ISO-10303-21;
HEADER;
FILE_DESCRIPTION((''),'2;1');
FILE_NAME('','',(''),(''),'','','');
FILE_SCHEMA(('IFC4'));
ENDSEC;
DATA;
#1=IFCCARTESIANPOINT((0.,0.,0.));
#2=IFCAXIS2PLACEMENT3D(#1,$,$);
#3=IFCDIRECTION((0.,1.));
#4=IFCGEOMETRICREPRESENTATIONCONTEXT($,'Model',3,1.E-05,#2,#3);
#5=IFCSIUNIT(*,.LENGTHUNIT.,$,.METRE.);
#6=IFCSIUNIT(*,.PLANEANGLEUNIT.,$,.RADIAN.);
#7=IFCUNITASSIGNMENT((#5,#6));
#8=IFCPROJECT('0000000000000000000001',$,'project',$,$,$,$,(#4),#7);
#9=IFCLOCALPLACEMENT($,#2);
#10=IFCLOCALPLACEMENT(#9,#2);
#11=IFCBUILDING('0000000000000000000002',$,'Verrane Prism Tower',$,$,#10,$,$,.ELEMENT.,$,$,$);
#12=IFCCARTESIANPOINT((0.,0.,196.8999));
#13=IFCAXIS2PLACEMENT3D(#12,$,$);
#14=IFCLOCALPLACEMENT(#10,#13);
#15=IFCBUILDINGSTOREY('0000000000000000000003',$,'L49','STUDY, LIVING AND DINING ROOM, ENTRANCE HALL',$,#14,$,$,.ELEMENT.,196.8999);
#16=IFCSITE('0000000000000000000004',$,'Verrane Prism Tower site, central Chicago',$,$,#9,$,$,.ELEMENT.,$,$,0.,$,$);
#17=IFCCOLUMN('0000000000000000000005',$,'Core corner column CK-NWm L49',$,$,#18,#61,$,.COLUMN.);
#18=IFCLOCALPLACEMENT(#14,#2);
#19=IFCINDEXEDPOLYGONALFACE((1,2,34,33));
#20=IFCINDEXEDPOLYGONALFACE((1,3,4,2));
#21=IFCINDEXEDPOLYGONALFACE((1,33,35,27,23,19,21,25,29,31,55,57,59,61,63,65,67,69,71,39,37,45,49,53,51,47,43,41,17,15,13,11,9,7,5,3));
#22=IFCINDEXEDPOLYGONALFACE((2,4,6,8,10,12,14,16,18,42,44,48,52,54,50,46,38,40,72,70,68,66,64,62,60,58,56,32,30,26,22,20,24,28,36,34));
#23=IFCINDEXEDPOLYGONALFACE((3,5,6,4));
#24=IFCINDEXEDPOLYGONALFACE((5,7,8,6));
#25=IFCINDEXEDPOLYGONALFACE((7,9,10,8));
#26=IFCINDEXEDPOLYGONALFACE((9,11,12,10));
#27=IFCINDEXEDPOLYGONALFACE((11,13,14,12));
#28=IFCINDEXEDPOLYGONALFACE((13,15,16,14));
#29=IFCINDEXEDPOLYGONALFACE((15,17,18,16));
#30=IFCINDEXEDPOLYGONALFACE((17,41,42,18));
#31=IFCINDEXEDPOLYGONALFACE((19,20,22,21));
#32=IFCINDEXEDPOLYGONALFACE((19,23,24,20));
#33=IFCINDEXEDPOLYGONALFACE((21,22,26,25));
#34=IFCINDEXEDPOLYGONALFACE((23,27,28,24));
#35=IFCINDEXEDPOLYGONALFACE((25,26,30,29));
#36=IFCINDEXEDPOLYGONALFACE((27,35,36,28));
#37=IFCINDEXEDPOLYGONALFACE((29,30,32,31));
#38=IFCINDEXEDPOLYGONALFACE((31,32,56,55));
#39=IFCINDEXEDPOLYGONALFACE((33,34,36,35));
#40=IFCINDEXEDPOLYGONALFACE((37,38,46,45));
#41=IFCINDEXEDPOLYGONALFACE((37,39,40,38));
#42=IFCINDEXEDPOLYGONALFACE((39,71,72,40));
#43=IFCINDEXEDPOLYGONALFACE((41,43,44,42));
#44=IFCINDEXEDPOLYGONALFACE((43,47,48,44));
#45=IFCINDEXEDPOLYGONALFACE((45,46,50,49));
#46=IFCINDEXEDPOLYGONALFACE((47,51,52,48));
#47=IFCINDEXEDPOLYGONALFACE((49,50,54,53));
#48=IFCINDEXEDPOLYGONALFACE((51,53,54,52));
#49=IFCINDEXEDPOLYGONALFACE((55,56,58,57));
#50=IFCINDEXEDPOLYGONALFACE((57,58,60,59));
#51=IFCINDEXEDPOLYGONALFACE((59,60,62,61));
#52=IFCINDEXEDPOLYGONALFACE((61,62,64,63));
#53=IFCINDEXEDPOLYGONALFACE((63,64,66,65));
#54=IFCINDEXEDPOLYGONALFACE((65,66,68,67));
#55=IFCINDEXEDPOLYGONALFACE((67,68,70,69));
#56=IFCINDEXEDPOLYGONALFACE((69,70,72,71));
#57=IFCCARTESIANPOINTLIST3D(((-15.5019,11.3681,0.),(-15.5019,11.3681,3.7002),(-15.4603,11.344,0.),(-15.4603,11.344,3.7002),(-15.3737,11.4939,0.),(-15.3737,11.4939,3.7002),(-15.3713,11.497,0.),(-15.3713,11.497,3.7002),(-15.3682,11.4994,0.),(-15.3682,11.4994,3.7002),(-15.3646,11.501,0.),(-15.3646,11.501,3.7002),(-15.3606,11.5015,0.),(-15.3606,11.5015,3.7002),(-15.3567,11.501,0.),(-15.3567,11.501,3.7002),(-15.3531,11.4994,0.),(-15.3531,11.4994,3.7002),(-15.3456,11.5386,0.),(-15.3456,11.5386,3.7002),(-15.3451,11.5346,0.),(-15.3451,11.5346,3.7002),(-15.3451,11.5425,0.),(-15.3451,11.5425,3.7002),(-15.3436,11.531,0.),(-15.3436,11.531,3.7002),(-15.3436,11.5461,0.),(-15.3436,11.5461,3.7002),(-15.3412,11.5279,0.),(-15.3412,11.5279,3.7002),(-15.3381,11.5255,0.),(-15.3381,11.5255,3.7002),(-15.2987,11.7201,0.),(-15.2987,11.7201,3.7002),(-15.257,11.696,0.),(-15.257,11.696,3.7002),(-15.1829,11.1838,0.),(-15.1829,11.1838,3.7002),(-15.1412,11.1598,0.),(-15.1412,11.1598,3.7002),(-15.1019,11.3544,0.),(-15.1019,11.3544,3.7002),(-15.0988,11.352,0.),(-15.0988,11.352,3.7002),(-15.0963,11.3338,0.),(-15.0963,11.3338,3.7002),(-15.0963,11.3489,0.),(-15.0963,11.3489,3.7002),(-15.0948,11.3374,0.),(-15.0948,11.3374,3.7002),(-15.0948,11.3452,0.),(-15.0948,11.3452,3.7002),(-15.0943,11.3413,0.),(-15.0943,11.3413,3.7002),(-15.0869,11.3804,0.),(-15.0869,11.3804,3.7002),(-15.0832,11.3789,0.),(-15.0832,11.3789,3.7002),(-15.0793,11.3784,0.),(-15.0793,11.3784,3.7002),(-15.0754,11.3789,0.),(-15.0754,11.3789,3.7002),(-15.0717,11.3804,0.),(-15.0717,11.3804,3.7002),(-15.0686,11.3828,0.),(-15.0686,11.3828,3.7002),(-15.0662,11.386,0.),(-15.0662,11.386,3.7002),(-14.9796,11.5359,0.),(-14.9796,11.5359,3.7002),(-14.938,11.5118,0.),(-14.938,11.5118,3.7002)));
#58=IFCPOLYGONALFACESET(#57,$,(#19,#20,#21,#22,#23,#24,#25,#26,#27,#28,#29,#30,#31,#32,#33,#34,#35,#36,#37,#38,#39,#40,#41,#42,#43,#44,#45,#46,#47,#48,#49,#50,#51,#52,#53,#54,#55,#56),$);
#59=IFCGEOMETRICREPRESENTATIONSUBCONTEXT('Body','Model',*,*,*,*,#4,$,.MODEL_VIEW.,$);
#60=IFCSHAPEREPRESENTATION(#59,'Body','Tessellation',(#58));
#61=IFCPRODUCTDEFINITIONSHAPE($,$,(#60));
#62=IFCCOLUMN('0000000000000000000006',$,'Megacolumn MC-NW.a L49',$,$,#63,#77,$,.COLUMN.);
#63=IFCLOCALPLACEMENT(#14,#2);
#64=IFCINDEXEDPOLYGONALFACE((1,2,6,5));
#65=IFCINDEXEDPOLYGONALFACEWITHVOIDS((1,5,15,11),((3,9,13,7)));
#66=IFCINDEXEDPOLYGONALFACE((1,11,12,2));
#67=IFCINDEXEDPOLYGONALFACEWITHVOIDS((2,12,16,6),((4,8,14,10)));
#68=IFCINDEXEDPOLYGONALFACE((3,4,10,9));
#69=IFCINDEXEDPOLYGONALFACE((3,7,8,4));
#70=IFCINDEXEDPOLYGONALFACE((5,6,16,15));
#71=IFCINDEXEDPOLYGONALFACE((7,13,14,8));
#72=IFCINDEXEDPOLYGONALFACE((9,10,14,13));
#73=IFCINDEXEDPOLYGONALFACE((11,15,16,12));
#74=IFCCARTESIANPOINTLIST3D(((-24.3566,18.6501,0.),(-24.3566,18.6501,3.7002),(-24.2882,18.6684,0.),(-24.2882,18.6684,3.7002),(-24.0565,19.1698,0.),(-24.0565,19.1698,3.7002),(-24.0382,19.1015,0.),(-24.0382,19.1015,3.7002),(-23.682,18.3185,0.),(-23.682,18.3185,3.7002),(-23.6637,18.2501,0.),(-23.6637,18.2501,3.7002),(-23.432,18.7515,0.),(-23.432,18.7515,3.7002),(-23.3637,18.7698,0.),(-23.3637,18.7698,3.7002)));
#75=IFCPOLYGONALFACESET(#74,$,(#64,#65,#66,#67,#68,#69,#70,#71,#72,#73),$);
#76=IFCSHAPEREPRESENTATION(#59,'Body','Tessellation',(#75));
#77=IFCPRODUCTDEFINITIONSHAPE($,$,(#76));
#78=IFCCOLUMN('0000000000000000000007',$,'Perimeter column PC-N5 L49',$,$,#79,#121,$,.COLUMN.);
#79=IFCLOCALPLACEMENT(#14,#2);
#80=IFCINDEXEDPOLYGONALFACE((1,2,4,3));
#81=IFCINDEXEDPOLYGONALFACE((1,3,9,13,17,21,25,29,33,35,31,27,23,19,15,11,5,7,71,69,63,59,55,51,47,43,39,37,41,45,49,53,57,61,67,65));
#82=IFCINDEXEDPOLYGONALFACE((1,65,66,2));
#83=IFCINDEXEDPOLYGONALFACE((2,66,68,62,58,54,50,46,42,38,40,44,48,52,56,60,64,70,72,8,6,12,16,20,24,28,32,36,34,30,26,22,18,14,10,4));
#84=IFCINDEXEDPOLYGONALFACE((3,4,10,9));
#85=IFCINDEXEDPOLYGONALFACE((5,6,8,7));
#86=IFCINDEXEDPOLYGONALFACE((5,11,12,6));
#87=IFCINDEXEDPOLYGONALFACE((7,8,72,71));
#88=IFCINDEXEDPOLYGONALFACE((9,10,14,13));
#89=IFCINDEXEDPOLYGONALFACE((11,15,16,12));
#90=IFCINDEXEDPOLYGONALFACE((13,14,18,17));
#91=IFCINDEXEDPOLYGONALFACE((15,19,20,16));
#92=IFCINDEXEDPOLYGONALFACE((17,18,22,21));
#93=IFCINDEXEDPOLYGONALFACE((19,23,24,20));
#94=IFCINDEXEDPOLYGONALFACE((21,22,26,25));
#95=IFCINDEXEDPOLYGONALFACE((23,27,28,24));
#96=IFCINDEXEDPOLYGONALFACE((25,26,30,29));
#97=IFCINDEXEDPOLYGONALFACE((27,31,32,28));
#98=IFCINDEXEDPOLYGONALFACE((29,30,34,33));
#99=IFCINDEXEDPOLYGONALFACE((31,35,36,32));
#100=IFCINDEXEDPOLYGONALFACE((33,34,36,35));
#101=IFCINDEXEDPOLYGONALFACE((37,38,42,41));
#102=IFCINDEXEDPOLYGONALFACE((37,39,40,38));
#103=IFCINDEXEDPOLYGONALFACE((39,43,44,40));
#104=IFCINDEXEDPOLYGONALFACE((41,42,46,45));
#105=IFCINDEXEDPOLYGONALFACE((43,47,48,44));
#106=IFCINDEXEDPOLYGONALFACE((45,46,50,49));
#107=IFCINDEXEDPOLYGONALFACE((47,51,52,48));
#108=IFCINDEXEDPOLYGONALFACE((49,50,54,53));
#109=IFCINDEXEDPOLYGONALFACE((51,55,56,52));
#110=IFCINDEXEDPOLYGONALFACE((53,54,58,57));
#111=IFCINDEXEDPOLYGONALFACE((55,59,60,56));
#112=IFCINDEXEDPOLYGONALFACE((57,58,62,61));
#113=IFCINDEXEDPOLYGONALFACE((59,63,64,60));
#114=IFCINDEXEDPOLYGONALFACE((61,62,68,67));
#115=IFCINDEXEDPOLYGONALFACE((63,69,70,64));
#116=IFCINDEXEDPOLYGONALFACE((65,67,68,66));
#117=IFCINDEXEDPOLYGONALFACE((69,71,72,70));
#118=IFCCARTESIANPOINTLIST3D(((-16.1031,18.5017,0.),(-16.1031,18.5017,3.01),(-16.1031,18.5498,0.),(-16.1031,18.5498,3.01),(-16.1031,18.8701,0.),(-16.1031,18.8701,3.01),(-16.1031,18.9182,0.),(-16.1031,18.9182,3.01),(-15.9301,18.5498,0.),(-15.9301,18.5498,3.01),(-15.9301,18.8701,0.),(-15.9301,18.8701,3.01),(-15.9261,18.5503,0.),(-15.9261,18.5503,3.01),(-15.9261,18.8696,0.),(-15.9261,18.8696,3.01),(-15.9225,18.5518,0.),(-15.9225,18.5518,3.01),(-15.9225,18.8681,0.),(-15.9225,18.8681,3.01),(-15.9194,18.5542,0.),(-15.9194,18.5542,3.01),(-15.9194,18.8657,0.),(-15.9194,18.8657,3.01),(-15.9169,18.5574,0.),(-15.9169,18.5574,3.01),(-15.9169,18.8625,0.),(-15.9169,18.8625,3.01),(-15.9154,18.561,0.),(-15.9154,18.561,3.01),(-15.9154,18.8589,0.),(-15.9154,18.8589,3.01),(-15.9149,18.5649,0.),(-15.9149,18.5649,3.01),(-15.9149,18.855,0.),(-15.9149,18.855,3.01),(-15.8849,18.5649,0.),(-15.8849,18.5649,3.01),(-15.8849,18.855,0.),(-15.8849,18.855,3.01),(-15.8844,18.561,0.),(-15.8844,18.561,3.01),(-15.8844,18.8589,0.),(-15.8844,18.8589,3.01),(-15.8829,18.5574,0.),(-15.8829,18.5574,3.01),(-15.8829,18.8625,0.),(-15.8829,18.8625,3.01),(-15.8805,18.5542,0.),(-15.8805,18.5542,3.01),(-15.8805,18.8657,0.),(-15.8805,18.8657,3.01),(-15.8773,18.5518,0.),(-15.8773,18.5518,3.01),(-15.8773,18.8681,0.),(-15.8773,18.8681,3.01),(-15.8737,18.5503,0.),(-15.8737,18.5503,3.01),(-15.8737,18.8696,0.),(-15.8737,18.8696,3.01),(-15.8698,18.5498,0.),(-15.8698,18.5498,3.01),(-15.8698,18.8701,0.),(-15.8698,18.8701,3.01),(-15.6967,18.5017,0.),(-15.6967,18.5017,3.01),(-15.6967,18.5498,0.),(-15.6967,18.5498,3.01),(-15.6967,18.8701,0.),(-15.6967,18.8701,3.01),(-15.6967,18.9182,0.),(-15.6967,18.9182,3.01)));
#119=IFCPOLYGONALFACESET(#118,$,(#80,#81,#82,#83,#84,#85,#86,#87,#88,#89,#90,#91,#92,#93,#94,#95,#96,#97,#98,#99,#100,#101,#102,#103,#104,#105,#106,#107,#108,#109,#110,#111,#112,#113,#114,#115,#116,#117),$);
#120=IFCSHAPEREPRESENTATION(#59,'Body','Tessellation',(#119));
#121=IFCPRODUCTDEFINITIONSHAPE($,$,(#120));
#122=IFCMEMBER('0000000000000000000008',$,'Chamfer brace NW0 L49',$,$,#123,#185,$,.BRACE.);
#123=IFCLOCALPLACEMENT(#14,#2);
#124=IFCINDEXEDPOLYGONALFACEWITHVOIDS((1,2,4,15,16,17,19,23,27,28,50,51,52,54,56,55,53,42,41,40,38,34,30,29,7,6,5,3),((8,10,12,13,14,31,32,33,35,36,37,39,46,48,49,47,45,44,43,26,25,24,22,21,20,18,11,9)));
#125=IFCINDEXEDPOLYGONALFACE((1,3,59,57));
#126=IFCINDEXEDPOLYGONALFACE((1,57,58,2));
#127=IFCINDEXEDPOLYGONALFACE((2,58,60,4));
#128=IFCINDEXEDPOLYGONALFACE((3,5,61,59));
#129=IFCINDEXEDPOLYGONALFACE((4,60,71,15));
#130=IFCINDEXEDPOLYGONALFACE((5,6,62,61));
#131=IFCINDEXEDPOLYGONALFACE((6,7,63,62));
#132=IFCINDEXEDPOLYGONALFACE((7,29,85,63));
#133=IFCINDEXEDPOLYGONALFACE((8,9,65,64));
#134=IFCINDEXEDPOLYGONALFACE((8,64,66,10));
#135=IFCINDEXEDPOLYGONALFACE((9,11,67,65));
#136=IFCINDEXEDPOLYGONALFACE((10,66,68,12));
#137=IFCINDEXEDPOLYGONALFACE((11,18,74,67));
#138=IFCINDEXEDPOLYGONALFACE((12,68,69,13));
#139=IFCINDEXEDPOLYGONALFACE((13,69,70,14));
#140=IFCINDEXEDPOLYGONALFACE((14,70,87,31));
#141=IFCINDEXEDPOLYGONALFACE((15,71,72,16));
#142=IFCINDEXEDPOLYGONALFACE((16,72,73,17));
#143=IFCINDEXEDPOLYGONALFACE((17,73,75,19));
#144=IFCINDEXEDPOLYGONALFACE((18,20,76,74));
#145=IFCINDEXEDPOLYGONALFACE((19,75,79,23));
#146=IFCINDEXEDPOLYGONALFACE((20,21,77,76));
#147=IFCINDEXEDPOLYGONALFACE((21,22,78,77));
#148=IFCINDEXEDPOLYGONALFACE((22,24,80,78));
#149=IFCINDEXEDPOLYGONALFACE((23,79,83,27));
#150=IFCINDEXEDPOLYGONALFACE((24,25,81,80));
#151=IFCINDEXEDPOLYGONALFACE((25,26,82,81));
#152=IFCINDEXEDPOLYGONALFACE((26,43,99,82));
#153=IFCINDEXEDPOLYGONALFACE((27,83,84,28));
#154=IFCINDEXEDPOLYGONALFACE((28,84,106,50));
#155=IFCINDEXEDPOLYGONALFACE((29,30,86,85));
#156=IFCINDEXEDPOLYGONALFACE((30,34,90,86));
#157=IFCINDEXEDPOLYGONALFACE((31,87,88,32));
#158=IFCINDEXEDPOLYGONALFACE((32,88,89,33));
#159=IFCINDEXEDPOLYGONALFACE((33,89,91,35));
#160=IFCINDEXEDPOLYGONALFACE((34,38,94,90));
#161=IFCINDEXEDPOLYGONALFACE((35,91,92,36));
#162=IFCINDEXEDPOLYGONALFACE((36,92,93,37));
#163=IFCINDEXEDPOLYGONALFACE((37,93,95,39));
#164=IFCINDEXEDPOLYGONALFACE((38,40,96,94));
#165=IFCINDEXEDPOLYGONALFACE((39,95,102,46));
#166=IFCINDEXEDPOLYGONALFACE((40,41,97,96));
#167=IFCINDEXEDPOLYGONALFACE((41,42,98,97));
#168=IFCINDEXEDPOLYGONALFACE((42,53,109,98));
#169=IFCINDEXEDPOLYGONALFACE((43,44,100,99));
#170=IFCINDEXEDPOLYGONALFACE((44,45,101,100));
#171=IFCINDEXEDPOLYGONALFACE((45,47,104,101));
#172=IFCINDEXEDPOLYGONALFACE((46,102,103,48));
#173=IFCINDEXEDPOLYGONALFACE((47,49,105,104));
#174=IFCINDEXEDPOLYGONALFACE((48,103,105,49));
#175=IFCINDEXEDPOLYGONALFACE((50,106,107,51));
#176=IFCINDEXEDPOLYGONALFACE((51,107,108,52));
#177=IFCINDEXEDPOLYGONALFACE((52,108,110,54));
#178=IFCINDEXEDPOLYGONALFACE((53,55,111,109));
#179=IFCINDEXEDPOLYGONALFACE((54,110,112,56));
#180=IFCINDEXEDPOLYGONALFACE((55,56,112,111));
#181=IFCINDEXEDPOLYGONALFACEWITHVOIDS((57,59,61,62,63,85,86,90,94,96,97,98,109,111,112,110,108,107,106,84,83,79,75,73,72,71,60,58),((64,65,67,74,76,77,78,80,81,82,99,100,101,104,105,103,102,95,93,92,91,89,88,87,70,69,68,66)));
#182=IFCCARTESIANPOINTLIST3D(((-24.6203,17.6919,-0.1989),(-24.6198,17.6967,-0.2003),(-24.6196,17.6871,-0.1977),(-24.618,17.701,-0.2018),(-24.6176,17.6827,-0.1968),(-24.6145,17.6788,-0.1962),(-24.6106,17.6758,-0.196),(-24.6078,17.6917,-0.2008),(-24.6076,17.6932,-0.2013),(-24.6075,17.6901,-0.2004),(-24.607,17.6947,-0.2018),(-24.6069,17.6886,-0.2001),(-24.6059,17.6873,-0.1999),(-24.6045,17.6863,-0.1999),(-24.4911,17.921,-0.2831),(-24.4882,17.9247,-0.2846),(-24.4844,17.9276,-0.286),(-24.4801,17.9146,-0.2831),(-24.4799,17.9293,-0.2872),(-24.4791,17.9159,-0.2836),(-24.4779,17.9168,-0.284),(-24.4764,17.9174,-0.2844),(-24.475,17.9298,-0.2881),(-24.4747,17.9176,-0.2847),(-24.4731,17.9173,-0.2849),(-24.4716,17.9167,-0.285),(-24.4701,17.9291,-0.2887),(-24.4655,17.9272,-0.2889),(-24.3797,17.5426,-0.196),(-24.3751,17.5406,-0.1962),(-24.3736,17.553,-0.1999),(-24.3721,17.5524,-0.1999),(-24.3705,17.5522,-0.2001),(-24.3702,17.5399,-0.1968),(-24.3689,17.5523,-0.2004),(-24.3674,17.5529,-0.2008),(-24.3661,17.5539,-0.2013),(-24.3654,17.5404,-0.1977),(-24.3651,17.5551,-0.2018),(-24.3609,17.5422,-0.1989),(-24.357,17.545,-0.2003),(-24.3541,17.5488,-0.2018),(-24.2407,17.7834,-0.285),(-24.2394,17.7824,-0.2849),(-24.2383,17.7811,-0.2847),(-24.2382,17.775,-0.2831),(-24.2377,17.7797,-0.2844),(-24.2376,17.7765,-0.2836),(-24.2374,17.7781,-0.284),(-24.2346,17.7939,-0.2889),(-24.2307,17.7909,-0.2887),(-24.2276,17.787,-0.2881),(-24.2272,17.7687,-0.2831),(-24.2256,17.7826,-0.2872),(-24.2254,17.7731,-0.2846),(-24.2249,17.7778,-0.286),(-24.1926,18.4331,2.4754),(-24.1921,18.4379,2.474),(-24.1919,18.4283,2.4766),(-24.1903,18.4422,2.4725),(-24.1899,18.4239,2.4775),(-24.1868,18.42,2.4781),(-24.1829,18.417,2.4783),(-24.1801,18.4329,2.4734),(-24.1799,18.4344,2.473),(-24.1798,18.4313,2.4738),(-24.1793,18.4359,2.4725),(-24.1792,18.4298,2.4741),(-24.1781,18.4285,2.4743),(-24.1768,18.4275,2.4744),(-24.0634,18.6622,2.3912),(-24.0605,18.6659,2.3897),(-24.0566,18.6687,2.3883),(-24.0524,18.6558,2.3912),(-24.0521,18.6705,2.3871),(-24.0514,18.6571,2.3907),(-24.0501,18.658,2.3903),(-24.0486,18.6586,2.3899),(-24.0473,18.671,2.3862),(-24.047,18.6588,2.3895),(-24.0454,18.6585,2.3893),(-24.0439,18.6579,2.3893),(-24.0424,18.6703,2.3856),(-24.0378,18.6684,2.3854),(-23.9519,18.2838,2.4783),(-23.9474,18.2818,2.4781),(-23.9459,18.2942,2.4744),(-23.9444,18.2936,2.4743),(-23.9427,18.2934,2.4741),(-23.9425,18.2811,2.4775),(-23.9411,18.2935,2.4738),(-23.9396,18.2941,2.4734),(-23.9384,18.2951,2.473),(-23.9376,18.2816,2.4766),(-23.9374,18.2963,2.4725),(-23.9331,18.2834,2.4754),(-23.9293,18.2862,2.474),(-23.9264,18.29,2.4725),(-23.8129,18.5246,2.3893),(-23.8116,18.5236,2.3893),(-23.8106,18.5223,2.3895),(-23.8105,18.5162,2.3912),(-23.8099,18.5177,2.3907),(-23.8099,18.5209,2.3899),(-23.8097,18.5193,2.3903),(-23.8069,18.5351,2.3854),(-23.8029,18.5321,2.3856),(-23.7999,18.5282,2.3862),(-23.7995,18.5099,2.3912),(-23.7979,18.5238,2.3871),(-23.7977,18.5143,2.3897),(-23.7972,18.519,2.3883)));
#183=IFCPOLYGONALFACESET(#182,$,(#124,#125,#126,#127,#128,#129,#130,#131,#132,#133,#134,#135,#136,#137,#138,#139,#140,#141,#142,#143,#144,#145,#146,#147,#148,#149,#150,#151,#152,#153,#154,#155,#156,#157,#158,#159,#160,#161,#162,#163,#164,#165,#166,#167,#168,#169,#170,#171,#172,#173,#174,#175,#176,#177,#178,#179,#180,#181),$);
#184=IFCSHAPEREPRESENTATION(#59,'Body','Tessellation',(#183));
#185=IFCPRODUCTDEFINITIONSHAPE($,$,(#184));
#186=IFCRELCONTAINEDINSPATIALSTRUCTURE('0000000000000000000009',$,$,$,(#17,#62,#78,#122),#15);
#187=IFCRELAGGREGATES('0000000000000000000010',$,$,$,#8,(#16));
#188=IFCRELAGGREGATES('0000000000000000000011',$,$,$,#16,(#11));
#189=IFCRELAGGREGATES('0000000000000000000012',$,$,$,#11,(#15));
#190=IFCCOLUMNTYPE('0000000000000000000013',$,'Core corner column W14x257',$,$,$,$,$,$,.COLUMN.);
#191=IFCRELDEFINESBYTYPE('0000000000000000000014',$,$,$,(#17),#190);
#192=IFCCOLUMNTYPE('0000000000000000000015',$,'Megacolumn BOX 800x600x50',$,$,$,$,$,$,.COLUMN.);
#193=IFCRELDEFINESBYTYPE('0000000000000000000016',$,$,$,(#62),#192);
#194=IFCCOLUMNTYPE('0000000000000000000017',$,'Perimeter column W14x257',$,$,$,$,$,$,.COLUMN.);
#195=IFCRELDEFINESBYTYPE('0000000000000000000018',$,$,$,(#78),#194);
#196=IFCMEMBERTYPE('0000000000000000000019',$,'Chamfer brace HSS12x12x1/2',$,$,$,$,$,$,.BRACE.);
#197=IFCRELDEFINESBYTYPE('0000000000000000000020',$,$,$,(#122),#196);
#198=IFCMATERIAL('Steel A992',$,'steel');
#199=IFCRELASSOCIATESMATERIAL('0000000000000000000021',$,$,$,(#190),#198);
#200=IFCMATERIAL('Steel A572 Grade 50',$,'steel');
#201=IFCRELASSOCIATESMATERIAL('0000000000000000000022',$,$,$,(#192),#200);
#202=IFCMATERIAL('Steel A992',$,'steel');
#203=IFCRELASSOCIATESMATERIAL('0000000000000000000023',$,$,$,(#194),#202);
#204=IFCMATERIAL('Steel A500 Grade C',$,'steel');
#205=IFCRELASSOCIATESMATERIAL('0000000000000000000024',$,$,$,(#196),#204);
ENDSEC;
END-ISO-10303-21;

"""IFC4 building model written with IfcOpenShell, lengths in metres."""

from ifc_helpers import new_model, si_unit, direction, frame, origin, origin_2d, place, context, subcontext, project, spatial, hollow_rectangle, i_section, extrude, material, material_profile, profile_set, type_object, element, save


model = new_model("IFC4")

# Units and contexts
model_context = context("Model", 3, precision=1e-05, world=origin(), true_north=direction((0.0, 1.0)))
body_context = subcontext(model_context, "Body", "Model", "MODEL_VIEW")
ifc_project = project(units=[si_unit("LENGTHUNIT", "METRE"), si_unit("PLANEANGLEUNIT", "RADIAN")], contexts=[model_context])

# Site, building, storey
site_placement = place(None, origin())
site = spatial("IfcSite", under=ifc_project, at=site_placement, Name="Verrane Prism Tower site, central Chicago", CompositionType="ELEMENT", RefElevation=0.0)
building_placement = place(site_placement, origin())
building = spatial("IfcBuilding", under=site, at=building_placement, Name="Verrane Prism Tower", CompositionType="ELEMENT")
storey_placement = place(building_placement, frame((0.0, 0.0, 196.8999)))
storey = spatial("IfcBuildingStorey", under=building, at=storey_placement, Name="L49", Description="STUDY, LIVING AND DINING ROOM, ENTRANCE HALL", CompositionType="ELEMENT", Elevation=196.8999)

# Columns
ifc_material_1 = material(Name="Steel A992", Category="steel")
ifc_material_profile_1 = material_profile(ifc_material_1, i_section(OverallWidth=0.4065, OverallDepth=0.4165, WebThickness=0.03, FlangeThickness=0.0481, FilletRadius=0.0151, at=origin_2d()), Name="W14x257")
ifc_profile_set_1 = profile_set([ifc_material_profile_1], Name="Steel A992")
column_type_1 = type_object("IfcColumnType", Name="Core corner column W14x257", PredefinedType="COLUMN", material=ifc_profile_set_1)
column_1_placement = place(storey_placement, frame((-15.22, 11.4399, 0.0), z_axis=(0.0, 0.0, 1.0), x_axis=(0.5, 0.866025, 0.0)))
element("IfcColumn", 1, at=column_1_placement, inside=storey, type_object=column_type_1, Name="Core corner column CK-NWm L49", PredefinedType="COLUMN", context=body_context, shape_type="SweptSolid", body=[
    extrude(i_section(OverallWidth=0.4065, OverallDepth=0.4165, WebThickness=0.03, FlangeThickness=0.0481, FilletRadius=0.0151, at=origin_2d()), origin(), (0.0, 0.0, 1.0), 3.7002),
])
ifc_material_2 = material(Name="Steel A572 Grade 50", Category="steel")
ifc_material_profile_2 = material_profile(ifc_material_2, hollow_rectangle(XDim=0.6001, YDim=0.8, WallThickness=0.05, at=origin_2d()), Name="BOX 800x600x50")
ifc_profile_set_2 = profile_set([ifc_material_profile_2], Name="Steel A572 Grade 50")
column_type_2 = type_object("IfcColumnType", Name="Megacolumn BOX 800x600x50", PredefinedType="COLUMN", material=ifc_profile_set_2)
column_2_placement = place(storey_placement, frame((-23.8601, 18.71, 0.0), z_axis=(0.0, 0.0, 1.0), x_axis=(0.5, 0.866025, 0.0)))
element("IfcColumn", 2, at=column_2_placement, inside=storey, type_object=column_type_2, Name="Megacolumn MC-NW.a L49", PredefinedType="COLUMN", context=body_context, shape_type="SweptSolid", body=[
    extrude(hollow_rectangle(XDim=0.6001, YDim=0.8, WallThickness=0.05, at=origin_2d()), origin(), (0.0, 0.0, 1.0), 3.7002),
])
ifc_material_3 = material(Name="Steel A992", Category="steel")
ifc_material_profile_3 = material_profile(ifc_material_3, i_section(OverallWidth=0.4065, OverallDepth=0.4165, WebThickness=0.03, FlangeThickness=0.0481, FilletRadius=0.0151, at=origin_2d()), Name="W14x257")
ifc_profile_set_3 = profile_set([ifc_material_profile_3], Name="Steel A992")
column_type_3 = type_object("IfcColumnType", Name="Perimeter column W14x257", PredefinedType="COLUMN", material=ifc_profile_set_3)
column_3_placement = place(storey_placement, frame((-15.8999, 18.71, 0.0), z_axis=(0.0, 0.0, 1.0), x_axis=(1.0, 0.0, 0.0)))
element("IfcColumn", 3, at=column_3_placement, inside=storey, type_object=column_type_3, Name="Perimeter column PC-N5 L49", PredefinedType="COLUMN", context=body_context, shape_type="SweptSolid", body=[
    extrude(i_section(OverallWidth=0.4065, OverallDepth=0.4165, WebThickness=0.03, FlangeThickness=0.0481, FilletRadius=0.0151, at=origin_2d()), origin(), (0.0, 0.0, 1.0), 3.01),
])

# Member
ifc_material_4 = material(Name="Steel A500 Grade C", Category="steel")
ifc_material_profile_4 = material_profile(ifc_material_4, hollow_rectangle(XDim=0.3047, YDim=0.3047, WallThickness=0.0127, InnerFilletRadius=0.0063, OuterFilletRadius=0.019, at=origin_2d()), Name="HSS12x12x1/2")
ifc_profile_set_4 = profile_set([ifc_material_profile_4], Name="Steel A500 Grade C")
member_type_1 = type_object("IfcMemberType", Name="Chamfer brace HSS12x12x1/2", PredefinedType="BRACE", material=ifc_profile_set_4)
member_1_placement = place(storey_placement, frame((-24.4226, 17.7349, -0.2424), z_axis=(0.152332, 0.263973, 0.952425), x_axis=(-0.866129, 0.499821, 0.0)))
element("IfcMember", 4, at=member_1_placement, inside=storey, type_object=member_type_1, Name="Chamfer brace NW0 L49", PredefinedType="BRACE", context=body_context, shape_type="SweptSolid", body=[
    extrude(hollow_rectangle(XDim=0.3047, YDim=0.3047, WallThickness=0.0127, InnerFilletRadius=0.0063, OuterFilletRadius=0.019, at=origin_2d()), origin(), (0.0, 0.0, 1.0), 2.8079),
])

save(model, "model.ifc")
